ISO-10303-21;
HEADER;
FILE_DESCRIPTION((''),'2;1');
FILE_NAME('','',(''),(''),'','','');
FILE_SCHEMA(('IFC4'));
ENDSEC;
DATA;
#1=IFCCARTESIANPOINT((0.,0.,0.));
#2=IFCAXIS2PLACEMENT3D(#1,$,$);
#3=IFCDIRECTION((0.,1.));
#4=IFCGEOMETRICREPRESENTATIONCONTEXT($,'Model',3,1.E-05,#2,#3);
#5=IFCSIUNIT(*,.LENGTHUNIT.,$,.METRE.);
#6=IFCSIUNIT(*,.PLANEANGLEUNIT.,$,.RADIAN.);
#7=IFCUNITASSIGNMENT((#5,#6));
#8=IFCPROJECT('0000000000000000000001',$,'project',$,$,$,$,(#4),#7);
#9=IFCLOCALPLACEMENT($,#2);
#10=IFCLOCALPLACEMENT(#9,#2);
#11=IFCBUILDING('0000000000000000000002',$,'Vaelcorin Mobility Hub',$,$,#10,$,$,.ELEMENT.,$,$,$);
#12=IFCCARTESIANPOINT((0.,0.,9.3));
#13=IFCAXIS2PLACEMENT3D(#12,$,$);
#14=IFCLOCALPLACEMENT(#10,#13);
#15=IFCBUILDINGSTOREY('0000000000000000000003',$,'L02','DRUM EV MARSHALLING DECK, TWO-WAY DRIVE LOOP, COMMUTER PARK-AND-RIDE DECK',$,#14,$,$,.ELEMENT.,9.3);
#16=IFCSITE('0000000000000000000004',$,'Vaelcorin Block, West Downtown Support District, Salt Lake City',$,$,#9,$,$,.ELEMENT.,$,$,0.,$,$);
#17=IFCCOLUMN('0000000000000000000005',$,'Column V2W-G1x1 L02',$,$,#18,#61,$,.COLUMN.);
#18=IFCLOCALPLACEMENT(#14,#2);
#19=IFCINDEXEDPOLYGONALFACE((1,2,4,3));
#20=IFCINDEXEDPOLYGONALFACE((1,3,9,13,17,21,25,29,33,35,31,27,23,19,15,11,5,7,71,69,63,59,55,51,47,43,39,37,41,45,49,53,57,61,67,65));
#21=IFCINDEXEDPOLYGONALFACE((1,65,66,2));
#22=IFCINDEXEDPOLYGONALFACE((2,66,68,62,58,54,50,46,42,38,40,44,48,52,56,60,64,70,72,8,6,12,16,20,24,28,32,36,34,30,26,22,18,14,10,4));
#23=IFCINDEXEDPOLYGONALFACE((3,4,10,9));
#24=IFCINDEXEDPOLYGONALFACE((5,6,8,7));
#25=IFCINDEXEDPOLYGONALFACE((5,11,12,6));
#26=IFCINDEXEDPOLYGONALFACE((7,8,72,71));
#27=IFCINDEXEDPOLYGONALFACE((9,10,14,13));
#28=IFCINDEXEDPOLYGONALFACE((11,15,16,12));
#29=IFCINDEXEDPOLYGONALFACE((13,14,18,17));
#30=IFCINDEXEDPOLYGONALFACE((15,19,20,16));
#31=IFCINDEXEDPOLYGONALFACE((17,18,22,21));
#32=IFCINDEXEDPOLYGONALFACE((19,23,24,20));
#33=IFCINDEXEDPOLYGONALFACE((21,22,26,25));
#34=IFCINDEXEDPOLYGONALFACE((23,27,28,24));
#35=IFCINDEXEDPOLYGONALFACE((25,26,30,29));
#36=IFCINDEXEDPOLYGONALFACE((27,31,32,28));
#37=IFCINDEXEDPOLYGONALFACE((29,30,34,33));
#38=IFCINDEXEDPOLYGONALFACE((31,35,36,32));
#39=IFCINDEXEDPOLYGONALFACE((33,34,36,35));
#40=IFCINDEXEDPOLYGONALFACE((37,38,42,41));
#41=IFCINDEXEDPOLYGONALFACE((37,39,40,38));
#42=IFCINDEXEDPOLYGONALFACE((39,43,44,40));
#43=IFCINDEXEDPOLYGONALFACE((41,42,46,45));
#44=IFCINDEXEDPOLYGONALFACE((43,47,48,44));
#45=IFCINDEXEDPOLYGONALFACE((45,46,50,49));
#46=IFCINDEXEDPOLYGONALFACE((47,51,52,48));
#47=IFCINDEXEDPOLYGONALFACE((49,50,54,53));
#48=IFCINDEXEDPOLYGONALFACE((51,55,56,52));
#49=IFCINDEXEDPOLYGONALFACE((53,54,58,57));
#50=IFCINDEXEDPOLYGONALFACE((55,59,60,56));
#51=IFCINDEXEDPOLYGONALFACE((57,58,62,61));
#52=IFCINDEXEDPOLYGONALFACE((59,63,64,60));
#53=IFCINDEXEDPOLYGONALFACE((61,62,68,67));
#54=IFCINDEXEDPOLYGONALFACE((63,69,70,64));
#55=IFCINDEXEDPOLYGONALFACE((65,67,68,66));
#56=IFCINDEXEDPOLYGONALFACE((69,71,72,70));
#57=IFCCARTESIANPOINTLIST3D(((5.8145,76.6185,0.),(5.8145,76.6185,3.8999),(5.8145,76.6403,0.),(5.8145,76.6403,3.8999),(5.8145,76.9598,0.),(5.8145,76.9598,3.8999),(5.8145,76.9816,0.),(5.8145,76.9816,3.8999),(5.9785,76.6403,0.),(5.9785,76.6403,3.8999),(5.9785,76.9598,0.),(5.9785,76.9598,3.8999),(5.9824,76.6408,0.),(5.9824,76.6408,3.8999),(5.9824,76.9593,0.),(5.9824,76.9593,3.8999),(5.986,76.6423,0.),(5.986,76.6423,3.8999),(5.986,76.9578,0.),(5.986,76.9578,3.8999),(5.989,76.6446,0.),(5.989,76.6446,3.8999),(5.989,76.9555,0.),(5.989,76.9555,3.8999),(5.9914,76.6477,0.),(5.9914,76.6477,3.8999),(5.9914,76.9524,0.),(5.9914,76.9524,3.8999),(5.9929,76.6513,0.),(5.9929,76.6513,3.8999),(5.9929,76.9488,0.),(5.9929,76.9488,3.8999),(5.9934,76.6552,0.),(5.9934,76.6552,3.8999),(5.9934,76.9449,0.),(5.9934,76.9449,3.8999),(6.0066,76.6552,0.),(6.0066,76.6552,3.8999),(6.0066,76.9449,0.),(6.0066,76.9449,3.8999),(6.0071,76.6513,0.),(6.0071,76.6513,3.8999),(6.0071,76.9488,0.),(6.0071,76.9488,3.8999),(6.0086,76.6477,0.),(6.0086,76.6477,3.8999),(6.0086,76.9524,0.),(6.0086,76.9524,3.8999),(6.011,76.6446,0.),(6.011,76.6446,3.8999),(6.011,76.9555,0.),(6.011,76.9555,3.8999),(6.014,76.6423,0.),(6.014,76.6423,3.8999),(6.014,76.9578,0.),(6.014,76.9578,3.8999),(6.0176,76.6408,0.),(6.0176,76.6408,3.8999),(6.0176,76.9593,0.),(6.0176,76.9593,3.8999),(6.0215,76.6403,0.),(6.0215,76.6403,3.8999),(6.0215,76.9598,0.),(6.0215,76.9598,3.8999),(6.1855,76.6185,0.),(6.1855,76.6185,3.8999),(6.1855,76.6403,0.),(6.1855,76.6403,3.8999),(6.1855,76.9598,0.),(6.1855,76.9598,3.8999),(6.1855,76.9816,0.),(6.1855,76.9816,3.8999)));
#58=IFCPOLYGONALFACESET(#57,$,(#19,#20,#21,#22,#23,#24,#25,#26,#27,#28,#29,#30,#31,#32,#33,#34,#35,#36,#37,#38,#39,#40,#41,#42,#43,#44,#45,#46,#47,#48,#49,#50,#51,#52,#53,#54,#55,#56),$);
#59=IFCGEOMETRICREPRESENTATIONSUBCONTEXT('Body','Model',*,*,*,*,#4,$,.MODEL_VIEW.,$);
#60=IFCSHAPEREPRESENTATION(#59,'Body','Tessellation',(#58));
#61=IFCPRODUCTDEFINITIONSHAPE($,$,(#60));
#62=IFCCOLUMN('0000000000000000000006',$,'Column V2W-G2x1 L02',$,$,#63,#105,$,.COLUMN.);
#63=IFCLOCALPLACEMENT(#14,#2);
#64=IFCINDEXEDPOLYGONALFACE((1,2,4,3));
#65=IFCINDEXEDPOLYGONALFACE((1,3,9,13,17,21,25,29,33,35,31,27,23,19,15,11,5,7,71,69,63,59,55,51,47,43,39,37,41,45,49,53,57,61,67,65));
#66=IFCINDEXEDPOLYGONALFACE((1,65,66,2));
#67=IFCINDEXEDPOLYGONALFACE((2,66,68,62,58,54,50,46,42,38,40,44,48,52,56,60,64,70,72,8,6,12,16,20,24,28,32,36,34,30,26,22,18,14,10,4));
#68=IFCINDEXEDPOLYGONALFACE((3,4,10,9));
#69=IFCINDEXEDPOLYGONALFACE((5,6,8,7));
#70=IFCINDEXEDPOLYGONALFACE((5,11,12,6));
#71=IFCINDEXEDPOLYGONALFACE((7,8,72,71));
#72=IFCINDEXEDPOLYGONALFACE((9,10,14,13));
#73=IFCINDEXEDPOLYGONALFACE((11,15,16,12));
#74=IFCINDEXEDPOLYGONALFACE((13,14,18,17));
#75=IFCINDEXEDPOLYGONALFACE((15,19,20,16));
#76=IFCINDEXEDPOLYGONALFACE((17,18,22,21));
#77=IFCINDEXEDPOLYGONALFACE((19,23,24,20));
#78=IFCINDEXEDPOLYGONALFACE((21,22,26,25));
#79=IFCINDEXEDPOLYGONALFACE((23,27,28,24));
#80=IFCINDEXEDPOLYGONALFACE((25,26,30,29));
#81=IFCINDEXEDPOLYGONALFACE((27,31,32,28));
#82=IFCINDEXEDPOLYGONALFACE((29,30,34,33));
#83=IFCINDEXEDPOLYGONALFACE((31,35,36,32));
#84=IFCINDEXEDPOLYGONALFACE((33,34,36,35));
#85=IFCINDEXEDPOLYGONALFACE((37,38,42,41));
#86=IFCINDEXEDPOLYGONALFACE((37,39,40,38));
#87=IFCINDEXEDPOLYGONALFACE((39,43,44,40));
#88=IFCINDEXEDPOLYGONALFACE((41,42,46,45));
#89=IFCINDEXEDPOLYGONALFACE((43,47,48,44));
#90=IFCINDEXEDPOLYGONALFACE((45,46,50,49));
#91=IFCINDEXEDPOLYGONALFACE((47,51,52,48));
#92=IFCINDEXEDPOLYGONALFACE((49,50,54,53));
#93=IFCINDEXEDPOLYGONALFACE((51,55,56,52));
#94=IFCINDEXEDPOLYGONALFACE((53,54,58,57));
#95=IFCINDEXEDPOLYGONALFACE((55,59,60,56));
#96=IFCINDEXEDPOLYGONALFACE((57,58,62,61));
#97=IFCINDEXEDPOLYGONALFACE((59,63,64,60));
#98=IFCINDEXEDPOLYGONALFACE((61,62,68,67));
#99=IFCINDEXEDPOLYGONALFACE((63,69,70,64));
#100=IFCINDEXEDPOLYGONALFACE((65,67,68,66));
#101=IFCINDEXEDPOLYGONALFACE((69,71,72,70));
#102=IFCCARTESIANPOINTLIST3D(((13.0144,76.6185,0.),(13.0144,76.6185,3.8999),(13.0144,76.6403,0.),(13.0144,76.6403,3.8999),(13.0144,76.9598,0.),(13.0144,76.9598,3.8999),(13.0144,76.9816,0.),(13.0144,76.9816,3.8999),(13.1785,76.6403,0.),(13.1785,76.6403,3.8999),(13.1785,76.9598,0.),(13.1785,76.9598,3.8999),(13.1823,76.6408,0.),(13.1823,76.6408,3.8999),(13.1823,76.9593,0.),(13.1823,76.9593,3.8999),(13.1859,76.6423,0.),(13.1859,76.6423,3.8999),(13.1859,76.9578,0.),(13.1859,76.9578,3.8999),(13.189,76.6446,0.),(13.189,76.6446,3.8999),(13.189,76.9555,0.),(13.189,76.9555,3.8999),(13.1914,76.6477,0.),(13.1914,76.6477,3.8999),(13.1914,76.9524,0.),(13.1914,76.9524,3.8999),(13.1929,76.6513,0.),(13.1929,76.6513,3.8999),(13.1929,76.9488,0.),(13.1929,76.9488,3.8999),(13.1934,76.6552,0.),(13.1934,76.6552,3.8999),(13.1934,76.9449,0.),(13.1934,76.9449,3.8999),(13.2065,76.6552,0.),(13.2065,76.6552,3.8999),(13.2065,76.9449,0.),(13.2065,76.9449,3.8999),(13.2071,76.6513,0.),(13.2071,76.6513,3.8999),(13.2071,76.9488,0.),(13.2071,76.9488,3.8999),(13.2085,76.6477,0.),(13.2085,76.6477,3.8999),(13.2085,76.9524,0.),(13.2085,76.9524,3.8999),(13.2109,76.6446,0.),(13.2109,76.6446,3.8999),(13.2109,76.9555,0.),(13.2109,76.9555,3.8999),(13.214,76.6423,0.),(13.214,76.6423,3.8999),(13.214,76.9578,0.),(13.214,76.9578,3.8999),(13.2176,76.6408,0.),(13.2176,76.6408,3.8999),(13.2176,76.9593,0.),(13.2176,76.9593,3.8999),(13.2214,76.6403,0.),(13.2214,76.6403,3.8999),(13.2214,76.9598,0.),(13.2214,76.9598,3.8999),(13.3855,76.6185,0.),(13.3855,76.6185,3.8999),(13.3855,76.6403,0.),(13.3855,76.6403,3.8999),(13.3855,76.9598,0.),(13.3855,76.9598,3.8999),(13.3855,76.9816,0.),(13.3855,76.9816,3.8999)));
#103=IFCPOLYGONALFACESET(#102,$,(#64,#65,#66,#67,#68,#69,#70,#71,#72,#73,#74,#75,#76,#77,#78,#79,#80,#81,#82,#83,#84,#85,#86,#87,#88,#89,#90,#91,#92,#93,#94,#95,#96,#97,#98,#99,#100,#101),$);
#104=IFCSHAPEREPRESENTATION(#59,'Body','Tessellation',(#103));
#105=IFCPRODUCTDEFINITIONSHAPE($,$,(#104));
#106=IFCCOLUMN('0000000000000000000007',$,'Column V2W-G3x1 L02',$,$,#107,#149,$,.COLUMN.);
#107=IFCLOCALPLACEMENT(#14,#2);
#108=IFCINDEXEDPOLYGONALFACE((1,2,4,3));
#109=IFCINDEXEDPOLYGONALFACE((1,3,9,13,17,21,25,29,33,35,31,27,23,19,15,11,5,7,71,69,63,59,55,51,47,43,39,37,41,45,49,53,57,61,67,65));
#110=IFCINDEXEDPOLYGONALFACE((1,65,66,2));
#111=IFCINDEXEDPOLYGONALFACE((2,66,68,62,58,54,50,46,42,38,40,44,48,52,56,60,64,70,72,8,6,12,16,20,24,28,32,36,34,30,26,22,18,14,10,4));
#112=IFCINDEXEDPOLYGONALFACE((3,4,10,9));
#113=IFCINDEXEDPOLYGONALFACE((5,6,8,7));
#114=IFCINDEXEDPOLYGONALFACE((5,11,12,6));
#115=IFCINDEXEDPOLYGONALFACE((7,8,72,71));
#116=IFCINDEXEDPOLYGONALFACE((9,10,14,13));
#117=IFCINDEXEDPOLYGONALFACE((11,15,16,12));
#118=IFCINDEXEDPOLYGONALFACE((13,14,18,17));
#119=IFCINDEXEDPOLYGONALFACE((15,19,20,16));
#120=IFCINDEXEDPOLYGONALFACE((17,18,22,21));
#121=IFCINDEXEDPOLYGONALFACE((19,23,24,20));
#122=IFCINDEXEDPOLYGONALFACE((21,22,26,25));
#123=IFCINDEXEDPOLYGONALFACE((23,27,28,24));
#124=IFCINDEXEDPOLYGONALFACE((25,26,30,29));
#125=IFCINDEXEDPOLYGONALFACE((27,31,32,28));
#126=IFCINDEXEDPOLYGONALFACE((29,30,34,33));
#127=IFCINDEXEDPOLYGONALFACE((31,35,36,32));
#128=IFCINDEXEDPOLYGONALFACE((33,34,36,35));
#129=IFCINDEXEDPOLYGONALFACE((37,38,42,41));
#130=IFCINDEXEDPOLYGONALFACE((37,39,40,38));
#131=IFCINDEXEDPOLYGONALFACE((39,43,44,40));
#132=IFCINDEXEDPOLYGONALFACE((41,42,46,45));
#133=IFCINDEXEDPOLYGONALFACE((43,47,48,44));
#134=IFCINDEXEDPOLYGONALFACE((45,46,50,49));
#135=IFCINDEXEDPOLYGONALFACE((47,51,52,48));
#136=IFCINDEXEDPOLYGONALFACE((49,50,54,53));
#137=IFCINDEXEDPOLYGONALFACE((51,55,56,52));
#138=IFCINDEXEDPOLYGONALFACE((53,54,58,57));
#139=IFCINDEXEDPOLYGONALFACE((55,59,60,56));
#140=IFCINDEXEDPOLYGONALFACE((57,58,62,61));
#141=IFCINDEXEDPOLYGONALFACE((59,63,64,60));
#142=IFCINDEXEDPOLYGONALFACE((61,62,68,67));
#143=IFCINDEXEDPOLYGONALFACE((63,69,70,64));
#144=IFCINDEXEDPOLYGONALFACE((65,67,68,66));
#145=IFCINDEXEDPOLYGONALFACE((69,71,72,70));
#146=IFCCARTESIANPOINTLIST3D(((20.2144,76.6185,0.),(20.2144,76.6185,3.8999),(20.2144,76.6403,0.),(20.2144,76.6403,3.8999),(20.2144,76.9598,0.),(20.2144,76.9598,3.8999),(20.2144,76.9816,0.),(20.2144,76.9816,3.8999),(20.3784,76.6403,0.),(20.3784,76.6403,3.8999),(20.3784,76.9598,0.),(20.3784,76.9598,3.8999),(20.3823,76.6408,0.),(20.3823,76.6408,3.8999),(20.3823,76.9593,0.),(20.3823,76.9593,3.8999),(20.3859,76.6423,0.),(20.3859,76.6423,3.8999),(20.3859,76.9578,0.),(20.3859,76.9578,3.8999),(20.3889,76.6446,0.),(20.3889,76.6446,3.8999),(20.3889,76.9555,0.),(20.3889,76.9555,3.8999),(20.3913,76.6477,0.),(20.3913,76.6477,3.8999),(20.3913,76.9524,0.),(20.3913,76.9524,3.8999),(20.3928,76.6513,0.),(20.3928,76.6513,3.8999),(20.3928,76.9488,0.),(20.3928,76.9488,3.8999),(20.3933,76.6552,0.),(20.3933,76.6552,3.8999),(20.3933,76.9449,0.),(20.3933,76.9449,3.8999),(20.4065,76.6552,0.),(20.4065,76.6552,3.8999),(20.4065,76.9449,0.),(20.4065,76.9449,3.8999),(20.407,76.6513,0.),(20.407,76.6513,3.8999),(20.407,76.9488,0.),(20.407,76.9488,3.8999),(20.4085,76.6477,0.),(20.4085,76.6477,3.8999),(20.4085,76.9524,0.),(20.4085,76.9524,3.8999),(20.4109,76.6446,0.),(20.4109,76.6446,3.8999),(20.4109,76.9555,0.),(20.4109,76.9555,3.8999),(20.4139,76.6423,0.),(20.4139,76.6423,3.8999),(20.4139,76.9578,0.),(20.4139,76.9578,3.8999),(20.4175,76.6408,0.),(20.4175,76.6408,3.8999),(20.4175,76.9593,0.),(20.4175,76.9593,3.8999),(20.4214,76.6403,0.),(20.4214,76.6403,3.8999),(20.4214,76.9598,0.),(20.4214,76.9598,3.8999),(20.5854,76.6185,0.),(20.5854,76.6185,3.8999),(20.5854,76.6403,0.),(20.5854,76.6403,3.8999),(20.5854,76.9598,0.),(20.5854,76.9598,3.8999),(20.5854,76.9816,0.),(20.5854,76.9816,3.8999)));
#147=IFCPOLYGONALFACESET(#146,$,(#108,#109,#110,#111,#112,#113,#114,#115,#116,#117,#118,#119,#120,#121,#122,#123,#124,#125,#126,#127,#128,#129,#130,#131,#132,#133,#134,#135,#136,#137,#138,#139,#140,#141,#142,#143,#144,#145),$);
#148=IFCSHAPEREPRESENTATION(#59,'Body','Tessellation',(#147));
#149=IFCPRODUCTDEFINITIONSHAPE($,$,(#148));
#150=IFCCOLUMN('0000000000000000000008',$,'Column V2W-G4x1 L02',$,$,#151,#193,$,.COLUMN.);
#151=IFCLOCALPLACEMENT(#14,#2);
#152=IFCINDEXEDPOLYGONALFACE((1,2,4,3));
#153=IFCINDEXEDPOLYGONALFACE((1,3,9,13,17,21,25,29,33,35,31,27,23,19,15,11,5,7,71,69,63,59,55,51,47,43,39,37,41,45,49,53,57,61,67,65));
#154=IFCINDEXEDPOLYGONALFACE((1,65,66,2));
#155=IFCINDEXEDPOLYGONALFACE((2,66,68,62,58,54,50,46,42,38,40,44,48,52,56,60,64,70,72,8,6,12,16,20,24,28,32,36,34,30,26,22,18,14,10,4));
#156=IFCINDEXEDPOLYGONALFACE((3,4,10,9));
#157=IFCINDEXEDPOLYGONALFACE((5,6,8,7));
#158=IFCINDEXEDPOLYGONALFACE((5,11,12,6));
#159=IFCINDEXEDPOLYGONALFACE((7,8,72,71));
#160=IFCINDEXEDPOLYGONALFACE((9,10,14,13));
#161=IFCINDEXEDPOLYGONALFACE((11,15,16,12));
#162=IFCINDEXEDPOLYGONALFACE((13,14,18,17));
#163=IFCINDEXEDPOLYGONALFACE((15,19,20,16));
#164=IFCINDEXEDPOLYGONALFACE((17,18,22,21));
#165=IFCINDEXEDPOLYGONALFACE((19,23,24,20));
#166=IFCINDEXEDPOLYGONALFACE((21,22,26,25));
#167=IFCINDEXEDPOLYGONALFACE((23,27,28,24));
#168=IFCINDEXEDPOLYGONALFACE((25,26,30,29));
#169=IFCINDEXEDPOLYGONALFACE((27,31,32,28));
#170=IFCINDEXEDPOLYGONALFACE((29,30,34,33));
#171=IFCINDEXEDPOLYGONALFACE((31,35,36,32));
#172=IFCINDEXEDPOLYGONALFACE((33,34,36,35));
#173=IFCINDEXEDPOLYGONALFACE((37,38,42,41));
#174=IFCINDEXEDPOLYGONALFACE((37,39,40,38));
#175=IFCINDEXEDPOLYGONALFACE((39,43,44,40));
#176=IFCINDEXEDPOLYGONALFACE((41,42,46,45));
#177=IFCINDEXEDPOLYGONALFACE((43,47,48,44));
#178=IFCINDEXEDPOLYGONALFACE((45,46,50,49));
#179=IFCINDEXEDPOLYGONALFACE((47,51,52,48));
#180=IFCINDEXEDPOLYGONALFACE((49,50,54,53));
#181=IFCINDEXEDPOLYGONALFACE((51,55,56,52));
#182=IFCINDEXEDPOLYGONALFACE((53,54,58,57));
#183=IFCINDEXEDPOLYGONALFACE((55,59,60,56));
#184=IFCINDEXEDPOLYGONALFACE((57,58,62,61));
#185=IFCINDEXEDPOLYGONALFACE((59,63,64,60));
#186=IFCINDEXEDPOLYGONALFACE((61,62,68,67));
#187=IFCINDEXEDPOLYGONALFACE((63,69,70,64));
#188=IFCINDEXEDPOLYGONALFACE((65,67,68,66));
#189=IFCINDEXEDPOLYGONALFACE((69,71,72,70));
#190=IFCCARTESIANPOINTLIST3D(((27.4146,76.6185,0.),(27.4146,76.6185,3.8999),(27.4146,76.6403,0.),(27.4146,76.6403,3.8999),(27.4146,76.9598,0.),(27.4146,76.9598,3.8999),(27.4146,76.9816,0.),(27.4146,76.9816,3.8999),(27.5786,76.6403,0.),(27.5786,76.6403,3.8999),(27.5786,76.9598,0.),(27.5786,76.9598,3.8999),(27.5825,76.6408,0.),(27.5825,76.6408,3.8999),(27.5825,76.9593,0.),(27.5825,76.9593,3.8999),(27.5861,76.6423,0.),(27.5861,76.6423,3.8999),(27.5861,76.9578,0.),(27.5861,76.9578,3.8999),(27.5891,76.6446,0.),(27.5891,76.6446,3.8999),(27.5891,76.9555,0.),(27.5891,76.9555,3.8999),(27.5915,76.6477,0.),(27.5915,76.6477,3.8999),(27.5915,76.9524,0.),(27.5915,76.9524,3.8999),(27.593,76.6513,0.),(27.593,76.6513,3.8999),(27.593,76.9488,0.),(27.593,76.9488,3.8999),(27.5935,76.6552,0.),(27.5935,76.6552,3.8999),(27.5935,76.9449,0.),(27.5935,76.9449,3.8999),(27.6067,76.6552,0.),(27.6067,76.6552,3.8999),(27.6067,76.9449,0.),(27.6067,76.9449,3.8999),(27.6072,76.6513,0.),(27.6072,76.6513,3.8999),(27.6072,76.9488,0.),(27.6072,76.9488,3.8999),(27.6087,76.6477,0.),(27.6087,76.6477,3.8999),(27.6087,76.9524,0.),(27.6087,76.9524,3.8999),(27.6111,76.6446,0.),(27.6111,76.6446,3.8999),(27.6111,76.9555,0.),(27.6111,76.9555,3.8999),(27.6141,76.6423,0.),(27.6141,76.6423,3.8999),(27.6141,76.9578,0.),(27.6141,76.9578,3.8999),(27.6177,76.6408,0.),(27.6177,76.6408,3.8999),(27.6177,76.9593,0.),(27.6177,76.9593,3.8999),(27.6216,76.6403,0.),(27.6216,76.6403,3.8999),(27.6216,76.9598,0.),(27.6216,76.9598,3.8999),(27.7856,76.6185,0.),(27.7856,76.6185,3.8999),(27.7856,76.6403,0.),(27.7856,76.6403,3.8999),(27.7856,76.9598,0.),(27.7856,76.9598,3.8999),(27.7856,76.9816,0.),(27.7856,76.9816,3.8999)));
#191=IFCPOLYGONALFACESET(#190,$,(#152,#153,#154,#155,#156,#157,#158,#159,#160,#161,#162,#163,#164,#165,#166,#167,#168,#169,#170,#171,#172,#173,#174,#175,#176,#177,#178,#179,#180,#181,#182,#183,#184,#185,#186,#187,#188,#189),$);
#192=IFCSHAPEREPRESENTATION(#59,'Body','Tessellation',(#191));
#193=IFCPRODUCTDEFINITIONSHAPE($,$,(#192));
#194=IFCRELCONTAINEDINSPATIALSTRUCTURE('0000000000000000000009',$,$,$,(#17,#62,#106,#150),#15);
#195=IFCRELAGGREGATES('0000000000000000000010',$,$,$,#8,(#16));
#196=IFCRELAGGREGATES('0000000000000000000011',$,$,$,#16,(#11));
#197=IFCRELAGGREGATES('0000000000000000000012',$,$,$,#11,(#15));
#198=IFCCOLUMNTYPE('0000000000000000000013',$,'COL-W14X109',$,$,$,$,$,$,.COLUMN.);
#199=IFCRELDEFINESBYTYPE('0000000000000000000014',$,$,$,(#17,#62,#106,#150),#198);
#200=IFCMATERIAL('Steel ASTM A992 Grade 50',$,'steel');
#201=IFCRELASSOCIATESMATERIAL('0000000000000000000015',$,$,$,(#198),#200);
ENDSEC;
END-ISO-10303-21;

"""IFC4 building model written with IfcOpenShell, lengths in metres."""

from ifc_helpers import new_model, si_unit, direction, frame, origin, origin_2d, place, context, subcontext, project, spatial, i_section, extrude, material, material_profile, profile_set, type_object, element, save


model = new_model("IFC4")

# Units and contexts
model_context = context("Model", 3, precision=1e-05, world=origin(), true_north=direction((0.0, 1.0)))
body_context = subcontext(model_context, "Body", "Model", "MODEL_VIEW")
ifc_project = project(units=[si_unit("LENGTHUNIT", "METRE"), si_unit("PLANEANGLEUNIT", "RADIAN")], contexts=[model_context])

# Site, building, storey
site_placement = place(None, origin())
site = spatial("IfcSite", under=ifc_project, at=site_placement, Name="Vaelcorin Block, West Downtown Support District, Salt Lake City", CompositionType="ELEMENT", RefElevation=0.0)
building_placement = place(site_placement, origin())
building = spatial("IfcBuilding", under=site, at=building_placement, Name="Vaelcorin Mobility Hub", CompositionType="ELEMENT")
storey_placement = place(building_placement, frame((0.0, 0.0, 9.3)))
storey = spatial("IfcBuildingStorey", under=building, at=storey_placement, Name="L02", Description="DRUM EV MARSHALLING DECK, TWO-WAY DRIVE LOOP, COMMUTER PARK-AND-RIDE DECK", CompositionType="ELEMENT", Elevation=9.3)

# Columns
ifc_material_1 = material(Name="Steel ASTM A992 Grade 50", Category="steel")
ifc_material_profile_1 = material_profile(ifc_material_1, i_section(OverallWidth=0.3711, OverallDepth=0.363, WebThickness=0.0132, FlangeThickness=0.0217, FilletRadius=0.0149, at=origin_2d()), Name="W14X109")
ifc_profile_set_1 = profile_set([ifc_material_profile_1], Name="Steel ASTM A992 Grade 50")
column_type_1 = type_object("IfcColumnType", Name="COL-W14X109", PredefinedType="COLUMN", material=ifc_profile_set_1)
for number, where, z_axis, x_axis, name in (
    (1, (6.0, 76.8, 0.0), (0.0, 0.0, 1.0), (1.0, 0.0, 0.0), "Column V2W-G1x1 L02"),
    (2, (13.2, 76.8, 0.0), (0.0, 0.0, 1.0), (1.0, 0.0, 0.0), "Column V2W-G2x1 L02"),
    (3, (20.3999, 76.8, 0.0), (0.0, 0.0, 1.0), (1.0, 0.0, 0.0), "Column V2W-G3x1 L02"),
    (4, (27.6001, 76.8, 0.0), (0.0, 0.0, 1.0), (1.0, 0.0, 0.0), "Column V2W-G4x1 L02"),
):
    element("IfcColumn", number, at=place(storey_placement, frame(where, z_axis=z_axis, x_axis=x_axis)), inside=storey, type_object=column_type_1, Name=name, PredefinedType="COLUMN", context=body_context, shape_type="SweptSolid", body=[
        extrude(i_section(OverallWidth=0.3711, OverallDepth=0.363, WebThickness=0.0132, FlangeThickness=0.0217, FilletRadius=0.0149, at=origin_2d()), origin(), (0.0, 0.0, 1.0), 3.8999),
    ])

save(model, "model.ifc")
